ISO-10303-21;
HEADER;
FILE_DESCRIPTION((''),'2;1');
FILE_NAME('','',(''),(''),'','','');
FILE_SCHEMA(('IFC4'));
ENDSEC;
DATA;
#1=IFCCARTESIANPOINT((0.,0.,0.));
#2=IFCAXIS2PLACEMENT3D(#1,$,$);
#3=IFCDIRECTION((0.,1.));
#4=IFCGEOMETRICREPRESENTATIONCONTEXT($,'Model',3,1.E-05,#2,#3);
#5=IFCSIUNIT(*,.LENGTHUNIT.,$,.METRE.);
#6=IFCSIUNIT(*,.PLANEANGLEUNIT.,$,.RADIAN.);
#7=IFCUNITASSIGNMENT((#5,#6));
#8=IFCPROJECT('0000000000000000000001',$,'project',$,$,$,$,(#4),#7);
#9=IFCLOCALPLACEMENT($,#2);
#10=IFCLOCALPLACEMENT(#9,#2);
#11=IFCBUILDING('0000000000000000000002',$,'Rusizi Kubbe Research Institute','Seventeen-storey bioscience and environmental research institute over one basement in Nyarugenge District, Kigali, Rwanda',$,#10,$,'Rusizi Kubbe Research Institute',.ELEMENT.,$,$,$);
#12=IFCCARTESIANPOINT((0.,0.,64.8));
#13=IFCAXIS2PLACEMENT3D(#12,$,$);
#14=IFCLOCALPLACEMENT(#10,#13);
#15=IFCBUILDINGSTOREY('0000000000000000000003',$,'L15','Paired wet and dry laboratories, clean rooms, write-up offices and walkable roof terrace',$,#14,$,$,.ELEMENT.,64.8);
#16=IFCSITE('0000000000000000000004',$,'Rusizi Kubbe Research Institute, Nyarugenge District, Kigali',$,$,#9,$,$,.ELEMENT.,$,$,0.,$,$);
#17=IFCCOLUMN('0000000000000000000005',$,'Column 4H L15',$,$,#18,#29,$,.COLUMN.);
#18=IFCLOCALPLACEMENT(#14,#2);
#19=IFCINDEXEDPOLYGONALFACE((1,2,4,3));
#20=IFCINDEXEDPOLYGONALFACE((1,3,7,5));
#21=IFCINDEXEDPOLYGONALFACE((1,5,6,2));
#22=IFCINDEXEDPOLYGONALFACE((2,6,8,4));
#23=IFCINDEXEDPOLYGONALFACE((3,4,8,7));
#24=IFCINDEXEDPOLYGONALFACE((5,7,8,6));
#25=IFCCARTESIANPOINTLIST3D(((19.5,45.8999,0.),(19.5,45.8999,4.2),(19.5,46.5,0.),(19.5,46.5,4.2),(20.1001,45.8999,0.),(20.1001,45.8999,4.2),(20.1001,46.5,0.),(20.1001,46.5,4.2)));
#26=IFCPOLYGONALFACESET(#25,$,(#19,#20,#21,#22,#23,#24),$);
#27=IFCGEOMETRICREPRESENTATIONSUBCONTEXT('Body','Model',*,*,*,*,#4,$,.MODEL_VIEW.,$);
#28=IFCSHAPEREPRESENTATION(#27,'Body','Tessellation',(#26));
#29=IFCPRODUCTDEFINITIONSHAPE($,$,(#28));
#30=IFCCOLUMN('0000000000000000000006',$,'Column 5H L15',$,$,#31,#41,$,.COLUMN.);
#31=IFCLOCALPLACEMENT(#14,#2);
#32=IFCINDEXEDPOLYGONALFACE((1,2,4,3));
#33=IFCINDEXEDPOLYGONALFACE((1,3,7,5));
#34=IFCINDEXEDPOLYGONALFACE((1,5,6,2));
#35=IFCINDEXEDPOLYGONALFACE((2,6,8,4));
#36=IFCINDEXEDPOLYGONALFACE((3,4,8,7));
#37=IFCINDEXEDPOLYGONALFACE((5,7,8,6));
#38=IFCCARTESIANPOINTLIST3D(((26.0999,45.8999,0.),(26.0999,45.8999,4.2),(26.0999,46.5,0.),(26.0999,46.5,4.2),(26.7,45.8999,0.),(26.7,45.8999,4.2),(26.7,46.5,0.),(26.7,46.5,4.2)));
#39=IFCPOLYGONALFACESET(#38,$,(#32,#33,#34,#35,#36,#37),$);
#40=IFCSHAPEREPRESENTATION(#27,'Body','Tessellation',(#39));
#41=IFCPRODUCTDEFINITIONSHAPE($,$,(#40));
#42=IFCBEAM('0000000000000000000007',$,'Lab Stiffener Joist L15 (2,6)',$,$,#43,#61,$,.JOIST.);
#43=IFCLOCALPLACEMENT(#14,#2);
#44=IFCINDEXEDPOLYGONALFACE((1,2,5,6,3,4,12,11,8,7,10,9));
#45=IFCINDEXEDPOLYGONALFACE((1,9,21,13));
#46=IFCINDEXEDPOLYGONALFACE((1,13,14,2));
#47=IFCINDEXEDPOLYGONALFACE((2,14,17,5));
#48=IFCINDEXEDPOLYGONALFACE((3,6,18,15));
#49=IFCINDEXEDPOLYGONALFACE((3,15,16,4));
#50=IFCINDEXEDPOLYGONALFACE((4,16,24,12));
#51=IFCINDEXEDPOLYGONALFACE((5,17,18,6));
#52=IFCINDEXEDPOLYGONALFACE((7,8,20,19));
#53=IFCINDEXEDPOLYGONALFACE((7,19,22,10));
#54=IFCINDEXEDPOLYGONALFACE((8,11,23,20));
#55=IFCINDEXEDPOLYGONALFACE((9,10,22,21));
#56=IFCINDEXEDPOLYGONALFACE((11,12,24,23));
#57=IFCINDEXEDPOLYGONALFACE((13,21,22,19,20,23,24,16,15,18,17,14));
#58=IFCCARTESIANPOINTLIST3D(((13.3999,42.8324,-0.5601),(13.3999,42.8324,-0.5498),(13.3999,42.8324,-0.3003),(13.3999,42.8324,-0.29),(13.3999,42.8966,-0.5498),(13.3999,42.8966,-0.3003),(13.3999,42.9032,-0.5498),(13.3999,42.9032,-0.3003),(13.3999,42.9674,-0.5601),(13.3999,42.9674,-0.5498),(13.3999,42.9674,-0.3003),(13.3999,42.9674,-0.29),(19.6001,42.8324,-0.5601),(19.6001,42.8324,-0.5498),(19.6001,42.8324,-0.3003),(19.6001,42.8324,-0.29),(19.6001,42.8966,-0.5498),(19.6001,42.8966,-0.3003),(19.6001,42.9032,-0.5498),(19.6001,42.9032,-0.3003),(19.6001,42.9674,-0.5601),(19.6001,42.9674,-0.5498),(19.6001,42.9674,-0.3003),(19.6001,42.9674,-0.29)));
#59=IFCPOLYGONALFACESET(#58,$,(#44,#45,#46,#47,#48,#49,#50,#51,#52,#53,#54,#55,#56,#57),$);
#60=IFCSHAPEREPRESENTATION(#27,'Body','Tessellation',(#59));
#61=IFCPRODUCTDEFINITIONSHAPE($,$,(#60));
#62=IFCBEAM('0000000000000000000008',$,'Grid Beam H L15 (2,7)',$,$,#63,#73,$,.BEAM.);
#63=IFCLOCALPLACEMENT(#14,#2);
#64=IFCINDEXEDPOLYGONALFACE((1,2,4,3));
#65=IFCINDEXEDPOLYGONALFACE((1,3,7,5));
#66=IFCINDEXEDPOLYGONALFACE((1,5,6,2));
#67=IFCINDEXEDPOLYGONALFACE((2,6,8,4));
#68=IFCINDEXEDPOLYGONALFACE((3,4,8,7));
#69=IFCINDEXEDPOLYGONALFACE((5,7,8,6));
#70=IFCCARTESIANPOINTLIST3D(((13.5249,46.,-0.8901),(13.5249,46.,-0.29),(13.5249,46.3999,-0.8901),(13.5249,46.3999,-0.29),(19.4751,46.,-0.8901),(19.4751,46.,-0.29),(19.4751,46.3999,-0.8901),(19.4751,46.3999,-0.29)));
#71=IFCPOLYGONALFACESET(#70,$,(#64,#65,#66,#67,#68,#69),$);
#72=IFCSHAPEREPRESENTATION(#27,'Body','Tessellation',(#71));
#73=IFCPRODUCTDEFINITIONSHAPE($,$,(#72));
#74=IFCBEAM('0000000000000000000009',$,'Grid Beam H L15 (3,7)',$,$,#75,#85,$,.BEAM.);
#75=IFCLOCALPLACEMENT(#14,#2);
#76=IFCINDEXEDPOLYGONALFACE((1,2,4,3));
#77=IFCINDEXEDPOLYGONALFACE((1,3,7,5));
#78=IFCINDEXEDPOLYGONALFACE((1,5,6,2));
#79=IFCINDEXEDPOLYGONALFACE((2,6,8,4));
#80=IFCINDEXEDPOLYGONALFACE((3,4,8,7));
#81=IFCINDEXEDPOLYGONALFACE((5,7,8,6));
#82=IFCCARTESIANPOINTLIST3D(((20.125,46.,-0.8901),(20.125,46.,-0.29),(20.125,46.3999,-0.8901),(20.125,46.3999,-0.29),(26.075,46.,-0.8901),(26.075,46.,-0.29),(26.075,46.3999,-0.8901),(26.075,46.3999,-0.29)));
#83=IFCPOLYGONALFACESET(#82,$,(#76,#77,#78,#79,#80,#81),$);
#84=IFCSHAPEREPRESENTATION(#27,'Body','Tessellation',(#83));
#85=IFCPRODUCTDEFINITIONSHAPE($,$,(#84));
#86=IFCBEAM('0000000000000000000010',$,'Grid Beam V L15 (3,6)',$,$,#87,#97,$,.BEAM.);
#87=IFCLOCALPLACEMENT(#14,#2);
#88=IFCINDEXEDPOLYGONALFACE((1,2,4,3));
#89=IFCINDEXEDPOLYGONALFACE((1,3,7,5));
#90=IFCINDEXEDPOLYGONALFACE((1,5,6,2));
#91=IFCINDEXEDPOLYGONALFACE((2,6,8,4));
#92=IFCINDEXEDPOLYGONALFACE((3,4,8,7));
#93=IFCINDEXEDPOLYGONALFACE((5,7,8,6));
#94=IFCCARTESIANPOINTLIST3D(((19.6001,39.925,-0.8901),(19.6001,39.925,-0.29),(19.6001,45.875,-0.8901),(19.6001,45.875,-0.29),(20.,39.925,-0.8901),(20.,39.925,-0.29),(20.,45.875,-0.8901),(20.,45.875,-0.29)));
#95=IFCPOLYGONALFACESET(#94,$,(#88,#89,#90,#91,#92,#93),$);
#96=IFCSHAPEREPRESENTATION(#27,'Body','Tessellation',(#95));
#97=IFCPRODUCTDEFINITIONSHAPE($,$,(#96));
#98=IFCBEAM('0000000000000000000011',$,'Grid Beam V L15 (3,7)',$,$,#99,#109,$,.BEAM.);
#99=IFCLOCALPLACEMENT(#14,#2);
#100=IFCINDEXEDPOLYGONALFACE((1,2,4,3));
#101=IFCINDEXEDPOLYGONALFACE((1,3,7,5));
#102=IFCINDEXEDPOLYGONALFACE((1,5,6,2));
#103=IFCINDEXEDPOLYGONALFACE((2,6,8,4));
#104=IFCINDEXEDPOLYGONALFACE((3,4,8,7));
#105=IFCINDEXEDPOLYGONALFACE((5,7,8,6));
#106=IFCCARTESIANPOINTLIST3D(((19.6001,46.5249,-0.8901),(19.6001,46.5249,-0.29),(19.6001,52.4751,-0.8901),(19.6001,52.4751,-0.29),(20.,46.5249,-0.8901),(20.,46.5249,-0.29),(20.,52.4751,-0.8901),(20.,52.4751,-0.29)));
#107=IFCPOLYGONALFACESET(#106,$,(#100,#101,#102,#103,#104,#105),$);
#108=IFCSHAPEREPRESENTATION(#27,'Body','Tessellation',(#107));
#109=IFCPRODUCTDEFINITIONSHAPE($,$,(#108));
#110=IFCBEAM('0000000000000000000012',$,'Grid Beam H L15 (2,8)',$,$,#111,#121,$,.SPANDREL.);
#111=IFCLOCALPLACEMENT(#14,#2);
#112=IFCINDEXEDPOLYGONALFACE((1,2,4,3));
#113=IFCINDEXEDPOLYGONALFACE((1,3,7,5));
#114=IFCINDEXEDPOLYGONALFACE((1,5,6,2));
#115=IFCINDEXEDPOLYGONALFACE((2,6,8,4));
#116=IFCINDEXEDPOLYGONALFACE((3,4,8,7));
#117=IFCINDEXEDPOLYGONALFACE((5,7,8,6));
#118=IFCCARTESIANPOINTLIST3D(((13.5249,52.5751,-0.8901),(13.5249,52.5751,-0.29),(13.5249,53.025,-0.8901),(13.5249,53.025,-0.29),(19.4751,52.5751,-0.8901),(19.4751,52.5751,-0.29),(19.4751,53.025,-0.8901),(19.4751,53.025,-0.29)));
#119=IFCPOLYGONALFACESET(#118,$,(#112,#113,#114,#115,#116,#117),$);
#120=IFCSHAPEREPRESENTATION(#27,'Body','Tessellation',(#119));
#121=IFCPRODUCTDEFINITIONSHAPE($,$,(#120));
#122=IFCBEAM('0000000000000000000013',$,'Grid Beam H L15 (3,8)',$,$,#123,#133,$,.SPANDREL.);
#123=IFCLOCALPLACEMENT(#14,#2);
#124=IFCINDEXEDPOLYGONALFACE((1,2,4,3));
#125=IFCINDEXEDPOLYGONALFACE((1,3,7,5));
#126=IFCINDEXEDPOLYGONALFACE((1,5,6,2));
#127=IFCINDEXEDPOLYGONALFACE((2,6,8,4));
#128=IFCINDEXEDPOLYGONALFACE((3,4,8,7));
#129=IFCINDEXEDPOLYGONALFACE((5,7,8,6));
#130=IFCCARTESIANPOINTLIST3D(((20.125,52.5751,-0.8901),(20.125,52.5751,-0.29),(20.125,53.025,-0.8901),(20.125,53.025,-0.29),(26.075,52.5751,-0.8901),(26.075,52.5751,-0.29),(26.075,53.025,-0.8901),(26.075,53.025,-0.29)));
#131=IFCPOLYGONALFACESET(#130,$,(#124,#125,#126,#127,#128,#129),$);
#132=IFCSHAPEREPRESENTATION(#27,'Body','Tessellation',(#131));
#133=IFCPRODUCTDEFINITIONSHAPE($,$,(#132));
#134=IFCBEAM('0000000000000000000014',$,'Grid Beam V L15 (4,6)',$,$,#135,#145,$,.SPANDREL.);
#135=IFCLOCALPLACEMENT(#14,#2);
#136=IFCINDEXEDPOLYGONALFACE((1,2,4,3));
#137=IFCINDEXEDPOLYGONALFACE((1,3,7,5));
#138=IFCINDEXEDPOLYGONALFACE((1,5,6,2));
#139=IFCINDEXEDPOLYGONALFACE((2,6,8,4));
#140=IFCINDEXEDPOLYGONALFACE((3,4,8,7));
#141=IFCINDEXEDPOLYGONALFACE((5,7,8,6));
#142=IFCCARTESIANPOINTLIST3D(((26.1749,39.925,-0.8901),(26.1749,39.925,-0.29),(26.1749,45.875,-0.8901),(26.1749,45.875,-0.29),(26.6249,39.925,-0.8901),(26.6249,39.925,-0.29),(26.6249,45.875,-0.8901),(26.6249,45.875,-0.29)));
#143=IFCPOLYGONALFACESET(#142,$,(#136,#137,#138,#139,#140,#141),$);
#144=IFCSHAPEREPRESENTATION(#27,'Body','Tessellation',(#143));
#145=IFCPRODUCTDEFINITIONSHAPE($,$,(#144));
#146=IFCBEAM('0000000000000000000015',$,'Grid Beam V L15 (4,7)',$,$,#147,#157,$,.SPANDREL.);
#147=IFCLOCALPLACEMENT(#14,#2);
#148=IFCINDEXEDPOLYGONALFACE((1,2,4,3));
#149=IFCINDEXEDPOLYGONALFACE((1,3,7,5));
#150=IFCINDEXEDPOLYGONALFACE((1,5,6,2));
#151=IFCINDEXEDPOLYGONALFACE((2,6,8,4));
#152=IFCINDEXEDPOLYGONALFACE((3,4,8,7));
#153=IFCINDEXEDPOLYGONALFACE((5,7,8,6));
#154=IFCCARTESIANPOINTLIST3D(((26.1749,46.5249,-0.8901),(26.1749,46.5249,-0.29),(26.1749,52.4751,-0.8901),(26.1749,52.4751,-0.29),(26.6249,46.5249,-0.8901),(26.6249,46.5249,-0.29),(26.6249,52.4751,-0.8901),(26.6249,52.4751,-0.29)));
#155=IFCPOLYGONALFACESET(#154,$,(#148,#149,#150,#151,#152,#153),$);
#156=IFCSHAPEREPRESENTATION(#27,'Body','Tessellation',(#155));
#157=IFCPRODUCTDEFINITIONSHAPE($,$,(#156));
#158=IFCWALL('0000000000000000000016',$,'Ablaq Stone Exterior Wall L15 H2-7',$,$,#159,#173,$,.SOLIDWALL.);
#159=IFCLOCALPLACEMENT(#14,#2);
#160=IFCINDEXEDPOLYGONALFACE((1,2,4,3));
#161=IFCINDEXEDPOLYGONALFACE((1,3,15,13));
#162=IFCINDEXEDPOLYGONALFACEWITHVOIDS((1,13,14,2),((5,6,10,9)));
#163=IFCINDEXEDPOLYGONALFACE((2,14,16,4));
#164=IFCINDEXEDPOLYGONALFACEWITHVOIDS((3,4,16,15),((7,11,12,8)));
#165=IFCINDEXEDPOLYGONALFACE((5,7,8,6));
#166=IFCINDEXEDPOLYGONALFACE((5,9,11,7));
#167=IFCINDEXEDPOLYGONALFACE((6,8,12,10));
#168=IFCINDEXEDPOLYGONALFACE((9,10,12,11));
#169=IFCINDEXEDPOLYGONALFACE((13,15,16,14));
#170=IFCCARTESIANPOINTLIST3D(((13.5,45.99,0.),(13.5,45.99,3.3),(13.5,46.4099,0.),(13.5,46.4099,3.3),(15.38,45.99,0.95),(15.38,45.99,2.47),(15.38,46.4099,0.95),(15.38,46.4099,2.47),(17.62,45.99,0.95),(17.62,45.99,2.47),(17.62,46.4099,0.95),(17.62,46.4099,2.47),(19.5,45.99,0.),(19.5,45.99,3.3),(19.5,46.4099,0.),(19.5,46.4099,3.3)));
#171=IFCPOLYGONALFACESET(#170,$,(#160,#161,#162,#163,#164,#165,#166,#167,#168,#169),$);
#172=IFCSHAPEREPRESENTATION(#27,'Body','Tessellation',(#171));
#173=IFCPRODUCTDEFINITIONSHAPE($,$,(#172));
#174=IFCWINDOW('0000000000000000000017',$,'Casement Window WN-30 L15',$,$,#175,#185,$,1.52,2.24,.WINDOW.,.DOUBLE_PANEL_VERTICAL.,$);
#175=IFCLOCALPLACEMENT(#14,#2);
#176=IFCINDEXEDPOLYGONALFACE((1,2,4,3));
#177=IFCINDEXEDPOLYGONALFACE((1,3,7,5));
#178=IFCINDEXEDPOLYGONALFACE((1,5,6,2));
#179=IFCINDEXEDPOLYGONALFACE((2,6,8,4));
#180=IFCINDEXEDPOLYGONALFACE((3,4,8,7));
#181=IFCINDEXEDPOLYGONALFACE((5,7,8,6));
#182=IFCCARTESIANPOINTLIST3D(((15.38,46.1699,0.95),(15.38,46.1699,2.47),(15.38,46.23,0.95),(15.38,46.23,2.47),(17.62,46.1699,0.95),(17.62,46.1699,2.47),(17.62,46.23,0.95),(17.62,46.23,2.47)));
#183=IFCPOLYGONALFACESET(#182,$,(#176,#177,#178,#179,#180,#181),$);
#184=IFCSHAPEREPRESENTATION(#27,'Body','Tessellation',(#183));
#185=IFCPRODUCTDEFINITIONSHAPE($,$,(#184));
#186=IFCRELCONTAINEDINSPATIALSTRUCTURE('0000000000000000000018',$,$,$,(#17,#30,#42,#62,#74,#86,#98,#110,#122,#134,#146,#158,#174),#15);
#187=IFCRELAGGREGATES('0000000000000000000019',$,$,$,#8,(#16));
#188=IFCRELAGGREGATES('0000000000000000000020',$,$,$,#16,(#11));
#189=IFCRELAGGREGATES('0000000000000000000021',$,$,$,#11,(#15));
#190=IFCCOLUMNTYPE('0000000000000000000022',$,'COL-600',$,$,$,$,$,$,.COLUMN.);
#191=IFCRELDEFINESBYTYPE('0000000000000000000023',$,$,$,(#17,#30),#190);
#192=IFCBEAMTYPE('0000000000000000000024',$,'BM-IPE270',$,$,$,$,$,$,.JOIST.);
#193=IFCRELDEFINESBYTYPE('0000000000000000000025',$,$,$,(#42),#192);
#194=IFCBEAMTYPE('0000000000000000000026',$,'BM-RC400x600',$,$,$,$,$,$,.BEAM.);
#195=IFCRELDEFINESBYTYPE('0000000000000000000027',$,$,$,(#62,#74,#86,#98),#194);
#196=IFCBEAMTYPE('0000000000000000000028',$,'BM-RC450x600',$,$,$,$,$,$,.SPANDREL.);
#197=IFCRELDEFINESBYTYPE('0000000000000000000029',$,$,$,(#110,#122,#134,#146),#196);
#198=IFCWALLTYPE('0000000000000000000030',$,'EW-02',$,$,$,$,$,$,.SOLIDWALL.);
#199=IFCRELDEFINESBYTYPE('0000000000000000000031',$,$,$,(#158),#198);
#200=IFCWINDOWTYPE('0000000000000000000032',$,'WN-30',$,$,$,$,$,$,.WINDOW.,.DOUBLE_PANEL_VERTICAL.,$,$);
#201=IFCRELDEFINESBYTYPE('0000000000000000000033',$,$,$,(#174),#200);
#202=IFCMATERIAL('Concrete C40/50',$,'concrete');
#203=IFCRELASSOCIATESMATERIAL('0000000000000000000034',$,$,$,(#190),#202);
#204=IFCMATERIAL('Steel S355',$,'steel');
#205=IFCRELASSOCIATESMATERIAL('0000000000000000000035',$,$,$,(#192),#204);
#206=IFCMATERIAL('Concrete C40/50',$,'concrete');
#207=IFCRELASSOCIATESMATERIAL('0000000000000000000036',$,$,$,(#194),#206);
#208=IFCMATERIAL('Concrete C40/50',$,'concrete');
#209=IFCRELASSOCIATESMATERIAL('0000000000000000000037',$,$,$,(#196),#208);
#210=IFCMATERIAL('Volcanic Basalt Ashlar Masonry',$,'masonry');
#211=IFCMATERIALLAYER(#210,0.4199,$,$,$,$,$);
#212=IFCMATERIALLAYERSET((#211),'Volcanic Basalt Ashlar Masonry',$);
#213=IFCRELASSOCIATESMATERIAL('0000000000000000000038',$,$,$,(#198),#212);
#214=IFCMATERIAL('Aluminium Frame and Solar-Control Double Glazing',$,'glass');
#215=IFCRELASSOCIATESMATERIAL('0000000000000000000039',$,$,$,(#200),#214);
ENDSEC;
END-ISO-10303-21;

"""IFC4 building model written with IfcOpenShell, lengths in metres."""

from ifc_helpers import new_model, si_unit, direction, frame, frame_2d, origin, origin_2d, place, context, subcontext, project, spatial, rectangle, i_section, extrude, material, layer, layer_set, material_profile, profile_set, type_object, element, fill, save


model = new_model("IFC4")

# Units and contexts
model_context = context("Model", 3, precision=1e-05, world=origin(), true_north=direction((0.0, 1.0)))
body_context = subcontext(model_context, "Body", "Model", "MODEL_VIEW")
ifc_project = project(units=[si_unit("LENGTHUNIT", "METRE"), si_unit("PLANEANGLEUNIT", "RADIAN")], contexts=[model_context])

# Site, building, storey
site_placement = place(None, origin())
site = spatial("IfcSite", under=ifc_project, at=site_placement, Name="Rusizi Kubbe Research Institute, Nyarugenge District, Kigali", CompositionType="ELEMENT", RefElevation=0.0)
building_placement = place(site_placement, origin())
building = spatial("IfcBuilding", under=site, at=building_placement, Name="Rusizi Kubbe Research Institute", Description="Seventeen-storey bioscience and environmental research institute over one basement in Nyarugenge District, Kigali, Rwanda", LongName="Rusizi Kubbe Research Institute", CompositionType="ELEMENT")
storey_placement = place(building_placement, frame((0.0, 0.0, 64.8)))
storey = spatial("IfcBuildingStorey", under=building, at=storey_placement, Name="L15", Description="Paired wet and dry laboratories, clean rooms, write-up offices and walkable roof terrace", CompositionType="ELEMENT", Elevation=64.8)

# Columns
ifc_material_1 = material(Name="Concrete C40/50", Category="concrete")
ifc_material_profile_1 = material_profile(ifc_material_1, rectangle(XDim=0.6001, YDim=0.6001, at=origin_2d()), Name="RC600x600")
ifc_profile_set_1 = profile_set([ifc_material_profile_1], Name="Concrete C40/50")
column_type = type_object("IfcColumnType", Name="COL-600", PredefinedType="COLUMN", material=ifc_profile_set_1)
for number, where, z_axis, x_axis, name in (
    (1, (19.8, 46.2, 0.0), (0.0, 0.0, 1.0), (1.0, 0.0, 0.0), "Column 4H L15"),
    (2, (26.3999, 46.2, 0.0), (0.0, 0.0, 1.0), (1.0, 0.0, 0.0), "Column 5H L15"),
):
    element("IfcColumn", number, at=place(storey_placement, frame(where, z_axis=z_axis, x_axis=x_axis)), inside=storey, type_object=column_type, Name=name, PredefinedType="COLUMN", context=body_context, shape_type="SweptSolid", body=[
        extrude(rectangle(XDim=0.6001, YDim=0.6001, at=origin_2d()), origin(), (0.0, 0.0, 1.0), 4.2),
    ])

# Beams
ifc_material_2 = material(Name="Steel S355", Category="steel")
ifc_material_profile_2 = material_profile(ifc_material_2, i_section(OverallWidth=0.135, OverallDepth=0.27, WebThickness=0.0066, FlangeThickness=0.0103, at=origin_2d()), Name="IPE 270")
ifc_profile_set_2 = profile_set([ifc_material_profile_2], Name="Steel S355")
beam_type_1 = type_object("IfcBeamType", Name="BM-IPE270", PredefinedType="JOIST", material=ifc_profile_set_2)
beam_1_placement = place(storey_placement, frame((13.3999, 42.8999, -0.425), z_axis=(1.0, 0.0, 0.0), x_axis=(0.0, 1.0, 0.0)))
element("IfcBeam", 3, at=beam_1_placement, inside=storey, type_object=beam_type_1, Name="Lab Stiffener Joist L15 (2,6)", PredefinedType="JOIST", context=body_context, shape_type="SweptSolid", body=[
    extrude(i_section(OverallWidth=0.135, OverallDepth=0.27, WebThickness=0.0066, FlangeThickness=0.0103, at=origin_2d()), origin(), (0.0, 0.0, 1.0), 6.2002),
])
ifc_material_3 = material(Name="Concrete C40/50", Category="concrete")
ifc_material_profile_3 = material_profile(ifc_material_3, rectangle(XDim=0.3999, YDim=0.6001, at=origin_2d()), Name="RC400x600")
ifc_profile_set_3 = profile_set([ifc_material_profile_3], Name="Concrete C40/50")
beam_type_2 = type_object("IfcBeamType", Name="BM-RC400x600", PredefinedType="BEAM", material=ifc_profile_set_3)
beam_2_placement = place(storey_placement, frame((13.5249, 46.2, -0.5901), z_axis=(1.0, 0.0, 0.0), x_axis=(0.0, 1.0, 0.0)))
element("IfcBeam", 4, at=beam_2_placement, inside=storey, type_object=beam_type_2, Name="Grid Beam H L15 (2,7)", PredefinedType="BEAM", context=body_context, shape_type="SweptSolid", body=[
    extrude(rectangle(XDim=0.3999, YDim=0.6001, at=origin_2d()), origin(), (0.0, 0.0, 1.0), 5.9502),
])
for number, where, z_axis, x_axis, name in (
    (5, (20.125, 46.2, -0.5901), (1.0, 0.0, 0.0), (0.0, 1.0, 0.0), "Grid Beam H L15 (3,7)"),
    (6, (19.8, 39.925, -0.5901), (0.0, 1.0, 0.0), (-1.0, 0.0, 0.0), "Grid Beam V L15 (3,6)"),
):
    element("IfcBeam", number, at=place(storey_placement, frame(where, z_axis=z_axis, x_axis=x_axis)), inside=storey, type_object=beam_type_2, Name=name, PredefinedType="BEAM", context=body_context, shape_type="SweptSolid", body=[
        extrude(rectangle(XDim=0.3999, YDim=0.6001, at=origin_2d()), origin(), (0.0, 0.0, 1.0), 5.95),
    ])
beam_3_placement = place(storey_placement, frame((19.8, 46.5249, -0.5901), z_axis=(0.0, 1.0, 0.0), x_axis=(-1.0, 0.0, 0.0)))
element("IfcBeam", 7, at=beam_3_placement, inside=storey, type_object=beam_type_2, Name="Grid Beam V L15 (3,7)", PredefinedType="BEAM", context=body_context, shape_type="SweptSolid", body=[
    extrude(rectangle(XDim=0.3999, YDim=0.6001, at=origin_2d()), origin(), (0.0, 0.0, 1.0), 5.9502),
])
ifc_material_4 = material(Name="Concrete C40/50", Category="concrete")
ifc_material_profile_4 = material_profile(ifc_material_4, rectangle(XDim=0.45, YDim=0.6001, at=origin_2d()), Name="RC450x600")
ifc_profile_set_4 = profile_set([ifc_material_profile_4], Name="Concrete C40/50")
beam_type_3 = type_object("IfcBeamType", Name="BM-RC450x600", PredefinedType="SPANDREL", material=ifc_profile_set_4)
beam_4_placement = place(storey_placement, frame((13.5249, 52.8, -0.5901), z_axis=(1.0, 0.0, 0.0), x_axis=(0.0, 1.0, 0.0)))
element("IfcBeam", 8, at=beam_4_placement, inside=storey, type_object=beam_type_3, Name="Grid Beam H L15 (2,8)", PredefinedType="SPANDREL", context=body_context, shape_type="SweptSolid", body=[
    extrude(rectangle(XDim=0.45, YDim=0.6001, at=origin_2d()), origin(), (0.0, 0.0, 1.0), 5.9502),
])
for number, where, z_axis, x_axis, name in (
    (9, (20.125, 52.8, -0.5901), (1.0, 0.0, 0.0), (0.0, 1.0, 0.0), "Grid Beam H L15 (3,8)"),
    (10, (26.3999, 39.925, -0.5901), (0.0, 1.0, 0.0), (-1.0, 0.0, 0.0), "Grid Beam V L15 (4,6)"),
):
    element("IfcBeam", number, at=place(storey_placement, frame(where, z_axis=z_axis, x_axis=x_axis)), inside=storey, type_object=beam_type_3, Name=name, PredefinedType="SPANDREL", context=body_context, shape_type="SweptSolid", body=[
        extrude(rectangle(XDim=0.45, YDim=0.6001, at=origin_2d()), origin(), (0.0, 0.0, 1.0), 5.95),
    ])
beam_5_placement = place(storey_placement, frame((26.3999, 46.5249, -0.5901), z_axis=(0.0, 1.0, 0.0), x_axis=(-1.0, 0.0, 0.0)))
element("IfcBeam", 11, at=beam_5_placement, inside=storey, type_object=beam_type_3, Name="Grid Beam V L15 (4,7)", PredefinedType="SPANDREL", context=body_context, shape_type="SweptSolid", body=[
    extrude(rectangle(XDim=0.45, YDim=0.6001, at=origin_2d()), origin(), (0.0, 0.0, 1.0), 5.9502),
])

# Wall, opening, window
ifc_material_5 = material(Name="Volcanic Basalt Ashlar Masonry", Category="masonry")
ifc_layer_1 = layer(ifc_material_5, 0.4199)
ifc_layer_set_1 = layer_set([ifc_layer_1], Name="Volcanic Basalt Ashlar Masonry")
wall_type_1 = type_object("IfcWallType", Name="EW-02", PredefinedType="SOLIDWALL", material=ifc_layer_set_1)
wall_1_placement = place(storey_placement, frame((13.5, 46.2, 0.0), z_axis=(0.0, 0.0, 1.0), x_axis=(1.0, 0.0, 0.0)))
wall_1 = element("IfcWall", 12, at=wall_1_placement, inside=storey, type_object=wall_type_1, Name="Ablaq Stone Exterior Wall L15 H2-7", PredefinedType="SOLIDWALL", context=body_context, shape_type="SweptSolid", body=[
    extrude(rectangle(XDim=6.0, YDim=0.4199, at=frame_2d((3.0, 0.0))), origin(), (0.0, 0.0, 1.0), 3.3),
])
opening_1_placement = place(wall_1_placement, frame((1.8799, 0.0, 0.95)))
opening_1 = element("IfcOpeningElement", 13, at=opening_1_placement, cuts=wall_1, PredefinedType="OPENING", context=body_context, shape_type="SweptSolid", body=[
    extrude(rectangle(XDim=2.24, YDim=1.52, at=frame_2d((1.1201, 0.76))), frame((0.0, 0.22, 0.0), z_axis=(0.0, -1.0, 0.0), x_axis=(1.0, 0.0, 0.0)), (0.0, 0.0, 1.0), 0.4399),
])
ifc_material_6 = material(Name="Aluminium Frame and Solar-Control Double Glazing", Category="glass")
window_type_1 = type_object("IfcWindowType", Name="WN-30", PartitioningType="DOUBLE_PANEL_VERTICAL", PredefinedType="WINDOW", material=ifc_material_6)
window_1_placement = place(opening_1_placement, origin())
window_1 = element("IfcWindow", 14, at=window_1_placement, inside=storey, type_object=window_type_1, Name="Casement Window WN-30 L15", OverallHeight=1.52, OverallWidth=2.24, PartitioningType="DOUBLE_PANEL_VERTICAL", PredefinedType="WINDOW", context=body_context, shape_type="SweptSolid", body=[
    extrude(rectangle(XDim=2.24, YDim=1.52, at=frame_2d((1.1201, 0.76))), frame((0.0, 0.03, 0.0), z_axis=(0.0, -1.0, 0.0), x_axis=(1.0, 0.0, 0.0)), (0.0, 0.0, 1.0), 0.0601),
])
fill(opening_1, window_1)

save(model, "model.ifc")
